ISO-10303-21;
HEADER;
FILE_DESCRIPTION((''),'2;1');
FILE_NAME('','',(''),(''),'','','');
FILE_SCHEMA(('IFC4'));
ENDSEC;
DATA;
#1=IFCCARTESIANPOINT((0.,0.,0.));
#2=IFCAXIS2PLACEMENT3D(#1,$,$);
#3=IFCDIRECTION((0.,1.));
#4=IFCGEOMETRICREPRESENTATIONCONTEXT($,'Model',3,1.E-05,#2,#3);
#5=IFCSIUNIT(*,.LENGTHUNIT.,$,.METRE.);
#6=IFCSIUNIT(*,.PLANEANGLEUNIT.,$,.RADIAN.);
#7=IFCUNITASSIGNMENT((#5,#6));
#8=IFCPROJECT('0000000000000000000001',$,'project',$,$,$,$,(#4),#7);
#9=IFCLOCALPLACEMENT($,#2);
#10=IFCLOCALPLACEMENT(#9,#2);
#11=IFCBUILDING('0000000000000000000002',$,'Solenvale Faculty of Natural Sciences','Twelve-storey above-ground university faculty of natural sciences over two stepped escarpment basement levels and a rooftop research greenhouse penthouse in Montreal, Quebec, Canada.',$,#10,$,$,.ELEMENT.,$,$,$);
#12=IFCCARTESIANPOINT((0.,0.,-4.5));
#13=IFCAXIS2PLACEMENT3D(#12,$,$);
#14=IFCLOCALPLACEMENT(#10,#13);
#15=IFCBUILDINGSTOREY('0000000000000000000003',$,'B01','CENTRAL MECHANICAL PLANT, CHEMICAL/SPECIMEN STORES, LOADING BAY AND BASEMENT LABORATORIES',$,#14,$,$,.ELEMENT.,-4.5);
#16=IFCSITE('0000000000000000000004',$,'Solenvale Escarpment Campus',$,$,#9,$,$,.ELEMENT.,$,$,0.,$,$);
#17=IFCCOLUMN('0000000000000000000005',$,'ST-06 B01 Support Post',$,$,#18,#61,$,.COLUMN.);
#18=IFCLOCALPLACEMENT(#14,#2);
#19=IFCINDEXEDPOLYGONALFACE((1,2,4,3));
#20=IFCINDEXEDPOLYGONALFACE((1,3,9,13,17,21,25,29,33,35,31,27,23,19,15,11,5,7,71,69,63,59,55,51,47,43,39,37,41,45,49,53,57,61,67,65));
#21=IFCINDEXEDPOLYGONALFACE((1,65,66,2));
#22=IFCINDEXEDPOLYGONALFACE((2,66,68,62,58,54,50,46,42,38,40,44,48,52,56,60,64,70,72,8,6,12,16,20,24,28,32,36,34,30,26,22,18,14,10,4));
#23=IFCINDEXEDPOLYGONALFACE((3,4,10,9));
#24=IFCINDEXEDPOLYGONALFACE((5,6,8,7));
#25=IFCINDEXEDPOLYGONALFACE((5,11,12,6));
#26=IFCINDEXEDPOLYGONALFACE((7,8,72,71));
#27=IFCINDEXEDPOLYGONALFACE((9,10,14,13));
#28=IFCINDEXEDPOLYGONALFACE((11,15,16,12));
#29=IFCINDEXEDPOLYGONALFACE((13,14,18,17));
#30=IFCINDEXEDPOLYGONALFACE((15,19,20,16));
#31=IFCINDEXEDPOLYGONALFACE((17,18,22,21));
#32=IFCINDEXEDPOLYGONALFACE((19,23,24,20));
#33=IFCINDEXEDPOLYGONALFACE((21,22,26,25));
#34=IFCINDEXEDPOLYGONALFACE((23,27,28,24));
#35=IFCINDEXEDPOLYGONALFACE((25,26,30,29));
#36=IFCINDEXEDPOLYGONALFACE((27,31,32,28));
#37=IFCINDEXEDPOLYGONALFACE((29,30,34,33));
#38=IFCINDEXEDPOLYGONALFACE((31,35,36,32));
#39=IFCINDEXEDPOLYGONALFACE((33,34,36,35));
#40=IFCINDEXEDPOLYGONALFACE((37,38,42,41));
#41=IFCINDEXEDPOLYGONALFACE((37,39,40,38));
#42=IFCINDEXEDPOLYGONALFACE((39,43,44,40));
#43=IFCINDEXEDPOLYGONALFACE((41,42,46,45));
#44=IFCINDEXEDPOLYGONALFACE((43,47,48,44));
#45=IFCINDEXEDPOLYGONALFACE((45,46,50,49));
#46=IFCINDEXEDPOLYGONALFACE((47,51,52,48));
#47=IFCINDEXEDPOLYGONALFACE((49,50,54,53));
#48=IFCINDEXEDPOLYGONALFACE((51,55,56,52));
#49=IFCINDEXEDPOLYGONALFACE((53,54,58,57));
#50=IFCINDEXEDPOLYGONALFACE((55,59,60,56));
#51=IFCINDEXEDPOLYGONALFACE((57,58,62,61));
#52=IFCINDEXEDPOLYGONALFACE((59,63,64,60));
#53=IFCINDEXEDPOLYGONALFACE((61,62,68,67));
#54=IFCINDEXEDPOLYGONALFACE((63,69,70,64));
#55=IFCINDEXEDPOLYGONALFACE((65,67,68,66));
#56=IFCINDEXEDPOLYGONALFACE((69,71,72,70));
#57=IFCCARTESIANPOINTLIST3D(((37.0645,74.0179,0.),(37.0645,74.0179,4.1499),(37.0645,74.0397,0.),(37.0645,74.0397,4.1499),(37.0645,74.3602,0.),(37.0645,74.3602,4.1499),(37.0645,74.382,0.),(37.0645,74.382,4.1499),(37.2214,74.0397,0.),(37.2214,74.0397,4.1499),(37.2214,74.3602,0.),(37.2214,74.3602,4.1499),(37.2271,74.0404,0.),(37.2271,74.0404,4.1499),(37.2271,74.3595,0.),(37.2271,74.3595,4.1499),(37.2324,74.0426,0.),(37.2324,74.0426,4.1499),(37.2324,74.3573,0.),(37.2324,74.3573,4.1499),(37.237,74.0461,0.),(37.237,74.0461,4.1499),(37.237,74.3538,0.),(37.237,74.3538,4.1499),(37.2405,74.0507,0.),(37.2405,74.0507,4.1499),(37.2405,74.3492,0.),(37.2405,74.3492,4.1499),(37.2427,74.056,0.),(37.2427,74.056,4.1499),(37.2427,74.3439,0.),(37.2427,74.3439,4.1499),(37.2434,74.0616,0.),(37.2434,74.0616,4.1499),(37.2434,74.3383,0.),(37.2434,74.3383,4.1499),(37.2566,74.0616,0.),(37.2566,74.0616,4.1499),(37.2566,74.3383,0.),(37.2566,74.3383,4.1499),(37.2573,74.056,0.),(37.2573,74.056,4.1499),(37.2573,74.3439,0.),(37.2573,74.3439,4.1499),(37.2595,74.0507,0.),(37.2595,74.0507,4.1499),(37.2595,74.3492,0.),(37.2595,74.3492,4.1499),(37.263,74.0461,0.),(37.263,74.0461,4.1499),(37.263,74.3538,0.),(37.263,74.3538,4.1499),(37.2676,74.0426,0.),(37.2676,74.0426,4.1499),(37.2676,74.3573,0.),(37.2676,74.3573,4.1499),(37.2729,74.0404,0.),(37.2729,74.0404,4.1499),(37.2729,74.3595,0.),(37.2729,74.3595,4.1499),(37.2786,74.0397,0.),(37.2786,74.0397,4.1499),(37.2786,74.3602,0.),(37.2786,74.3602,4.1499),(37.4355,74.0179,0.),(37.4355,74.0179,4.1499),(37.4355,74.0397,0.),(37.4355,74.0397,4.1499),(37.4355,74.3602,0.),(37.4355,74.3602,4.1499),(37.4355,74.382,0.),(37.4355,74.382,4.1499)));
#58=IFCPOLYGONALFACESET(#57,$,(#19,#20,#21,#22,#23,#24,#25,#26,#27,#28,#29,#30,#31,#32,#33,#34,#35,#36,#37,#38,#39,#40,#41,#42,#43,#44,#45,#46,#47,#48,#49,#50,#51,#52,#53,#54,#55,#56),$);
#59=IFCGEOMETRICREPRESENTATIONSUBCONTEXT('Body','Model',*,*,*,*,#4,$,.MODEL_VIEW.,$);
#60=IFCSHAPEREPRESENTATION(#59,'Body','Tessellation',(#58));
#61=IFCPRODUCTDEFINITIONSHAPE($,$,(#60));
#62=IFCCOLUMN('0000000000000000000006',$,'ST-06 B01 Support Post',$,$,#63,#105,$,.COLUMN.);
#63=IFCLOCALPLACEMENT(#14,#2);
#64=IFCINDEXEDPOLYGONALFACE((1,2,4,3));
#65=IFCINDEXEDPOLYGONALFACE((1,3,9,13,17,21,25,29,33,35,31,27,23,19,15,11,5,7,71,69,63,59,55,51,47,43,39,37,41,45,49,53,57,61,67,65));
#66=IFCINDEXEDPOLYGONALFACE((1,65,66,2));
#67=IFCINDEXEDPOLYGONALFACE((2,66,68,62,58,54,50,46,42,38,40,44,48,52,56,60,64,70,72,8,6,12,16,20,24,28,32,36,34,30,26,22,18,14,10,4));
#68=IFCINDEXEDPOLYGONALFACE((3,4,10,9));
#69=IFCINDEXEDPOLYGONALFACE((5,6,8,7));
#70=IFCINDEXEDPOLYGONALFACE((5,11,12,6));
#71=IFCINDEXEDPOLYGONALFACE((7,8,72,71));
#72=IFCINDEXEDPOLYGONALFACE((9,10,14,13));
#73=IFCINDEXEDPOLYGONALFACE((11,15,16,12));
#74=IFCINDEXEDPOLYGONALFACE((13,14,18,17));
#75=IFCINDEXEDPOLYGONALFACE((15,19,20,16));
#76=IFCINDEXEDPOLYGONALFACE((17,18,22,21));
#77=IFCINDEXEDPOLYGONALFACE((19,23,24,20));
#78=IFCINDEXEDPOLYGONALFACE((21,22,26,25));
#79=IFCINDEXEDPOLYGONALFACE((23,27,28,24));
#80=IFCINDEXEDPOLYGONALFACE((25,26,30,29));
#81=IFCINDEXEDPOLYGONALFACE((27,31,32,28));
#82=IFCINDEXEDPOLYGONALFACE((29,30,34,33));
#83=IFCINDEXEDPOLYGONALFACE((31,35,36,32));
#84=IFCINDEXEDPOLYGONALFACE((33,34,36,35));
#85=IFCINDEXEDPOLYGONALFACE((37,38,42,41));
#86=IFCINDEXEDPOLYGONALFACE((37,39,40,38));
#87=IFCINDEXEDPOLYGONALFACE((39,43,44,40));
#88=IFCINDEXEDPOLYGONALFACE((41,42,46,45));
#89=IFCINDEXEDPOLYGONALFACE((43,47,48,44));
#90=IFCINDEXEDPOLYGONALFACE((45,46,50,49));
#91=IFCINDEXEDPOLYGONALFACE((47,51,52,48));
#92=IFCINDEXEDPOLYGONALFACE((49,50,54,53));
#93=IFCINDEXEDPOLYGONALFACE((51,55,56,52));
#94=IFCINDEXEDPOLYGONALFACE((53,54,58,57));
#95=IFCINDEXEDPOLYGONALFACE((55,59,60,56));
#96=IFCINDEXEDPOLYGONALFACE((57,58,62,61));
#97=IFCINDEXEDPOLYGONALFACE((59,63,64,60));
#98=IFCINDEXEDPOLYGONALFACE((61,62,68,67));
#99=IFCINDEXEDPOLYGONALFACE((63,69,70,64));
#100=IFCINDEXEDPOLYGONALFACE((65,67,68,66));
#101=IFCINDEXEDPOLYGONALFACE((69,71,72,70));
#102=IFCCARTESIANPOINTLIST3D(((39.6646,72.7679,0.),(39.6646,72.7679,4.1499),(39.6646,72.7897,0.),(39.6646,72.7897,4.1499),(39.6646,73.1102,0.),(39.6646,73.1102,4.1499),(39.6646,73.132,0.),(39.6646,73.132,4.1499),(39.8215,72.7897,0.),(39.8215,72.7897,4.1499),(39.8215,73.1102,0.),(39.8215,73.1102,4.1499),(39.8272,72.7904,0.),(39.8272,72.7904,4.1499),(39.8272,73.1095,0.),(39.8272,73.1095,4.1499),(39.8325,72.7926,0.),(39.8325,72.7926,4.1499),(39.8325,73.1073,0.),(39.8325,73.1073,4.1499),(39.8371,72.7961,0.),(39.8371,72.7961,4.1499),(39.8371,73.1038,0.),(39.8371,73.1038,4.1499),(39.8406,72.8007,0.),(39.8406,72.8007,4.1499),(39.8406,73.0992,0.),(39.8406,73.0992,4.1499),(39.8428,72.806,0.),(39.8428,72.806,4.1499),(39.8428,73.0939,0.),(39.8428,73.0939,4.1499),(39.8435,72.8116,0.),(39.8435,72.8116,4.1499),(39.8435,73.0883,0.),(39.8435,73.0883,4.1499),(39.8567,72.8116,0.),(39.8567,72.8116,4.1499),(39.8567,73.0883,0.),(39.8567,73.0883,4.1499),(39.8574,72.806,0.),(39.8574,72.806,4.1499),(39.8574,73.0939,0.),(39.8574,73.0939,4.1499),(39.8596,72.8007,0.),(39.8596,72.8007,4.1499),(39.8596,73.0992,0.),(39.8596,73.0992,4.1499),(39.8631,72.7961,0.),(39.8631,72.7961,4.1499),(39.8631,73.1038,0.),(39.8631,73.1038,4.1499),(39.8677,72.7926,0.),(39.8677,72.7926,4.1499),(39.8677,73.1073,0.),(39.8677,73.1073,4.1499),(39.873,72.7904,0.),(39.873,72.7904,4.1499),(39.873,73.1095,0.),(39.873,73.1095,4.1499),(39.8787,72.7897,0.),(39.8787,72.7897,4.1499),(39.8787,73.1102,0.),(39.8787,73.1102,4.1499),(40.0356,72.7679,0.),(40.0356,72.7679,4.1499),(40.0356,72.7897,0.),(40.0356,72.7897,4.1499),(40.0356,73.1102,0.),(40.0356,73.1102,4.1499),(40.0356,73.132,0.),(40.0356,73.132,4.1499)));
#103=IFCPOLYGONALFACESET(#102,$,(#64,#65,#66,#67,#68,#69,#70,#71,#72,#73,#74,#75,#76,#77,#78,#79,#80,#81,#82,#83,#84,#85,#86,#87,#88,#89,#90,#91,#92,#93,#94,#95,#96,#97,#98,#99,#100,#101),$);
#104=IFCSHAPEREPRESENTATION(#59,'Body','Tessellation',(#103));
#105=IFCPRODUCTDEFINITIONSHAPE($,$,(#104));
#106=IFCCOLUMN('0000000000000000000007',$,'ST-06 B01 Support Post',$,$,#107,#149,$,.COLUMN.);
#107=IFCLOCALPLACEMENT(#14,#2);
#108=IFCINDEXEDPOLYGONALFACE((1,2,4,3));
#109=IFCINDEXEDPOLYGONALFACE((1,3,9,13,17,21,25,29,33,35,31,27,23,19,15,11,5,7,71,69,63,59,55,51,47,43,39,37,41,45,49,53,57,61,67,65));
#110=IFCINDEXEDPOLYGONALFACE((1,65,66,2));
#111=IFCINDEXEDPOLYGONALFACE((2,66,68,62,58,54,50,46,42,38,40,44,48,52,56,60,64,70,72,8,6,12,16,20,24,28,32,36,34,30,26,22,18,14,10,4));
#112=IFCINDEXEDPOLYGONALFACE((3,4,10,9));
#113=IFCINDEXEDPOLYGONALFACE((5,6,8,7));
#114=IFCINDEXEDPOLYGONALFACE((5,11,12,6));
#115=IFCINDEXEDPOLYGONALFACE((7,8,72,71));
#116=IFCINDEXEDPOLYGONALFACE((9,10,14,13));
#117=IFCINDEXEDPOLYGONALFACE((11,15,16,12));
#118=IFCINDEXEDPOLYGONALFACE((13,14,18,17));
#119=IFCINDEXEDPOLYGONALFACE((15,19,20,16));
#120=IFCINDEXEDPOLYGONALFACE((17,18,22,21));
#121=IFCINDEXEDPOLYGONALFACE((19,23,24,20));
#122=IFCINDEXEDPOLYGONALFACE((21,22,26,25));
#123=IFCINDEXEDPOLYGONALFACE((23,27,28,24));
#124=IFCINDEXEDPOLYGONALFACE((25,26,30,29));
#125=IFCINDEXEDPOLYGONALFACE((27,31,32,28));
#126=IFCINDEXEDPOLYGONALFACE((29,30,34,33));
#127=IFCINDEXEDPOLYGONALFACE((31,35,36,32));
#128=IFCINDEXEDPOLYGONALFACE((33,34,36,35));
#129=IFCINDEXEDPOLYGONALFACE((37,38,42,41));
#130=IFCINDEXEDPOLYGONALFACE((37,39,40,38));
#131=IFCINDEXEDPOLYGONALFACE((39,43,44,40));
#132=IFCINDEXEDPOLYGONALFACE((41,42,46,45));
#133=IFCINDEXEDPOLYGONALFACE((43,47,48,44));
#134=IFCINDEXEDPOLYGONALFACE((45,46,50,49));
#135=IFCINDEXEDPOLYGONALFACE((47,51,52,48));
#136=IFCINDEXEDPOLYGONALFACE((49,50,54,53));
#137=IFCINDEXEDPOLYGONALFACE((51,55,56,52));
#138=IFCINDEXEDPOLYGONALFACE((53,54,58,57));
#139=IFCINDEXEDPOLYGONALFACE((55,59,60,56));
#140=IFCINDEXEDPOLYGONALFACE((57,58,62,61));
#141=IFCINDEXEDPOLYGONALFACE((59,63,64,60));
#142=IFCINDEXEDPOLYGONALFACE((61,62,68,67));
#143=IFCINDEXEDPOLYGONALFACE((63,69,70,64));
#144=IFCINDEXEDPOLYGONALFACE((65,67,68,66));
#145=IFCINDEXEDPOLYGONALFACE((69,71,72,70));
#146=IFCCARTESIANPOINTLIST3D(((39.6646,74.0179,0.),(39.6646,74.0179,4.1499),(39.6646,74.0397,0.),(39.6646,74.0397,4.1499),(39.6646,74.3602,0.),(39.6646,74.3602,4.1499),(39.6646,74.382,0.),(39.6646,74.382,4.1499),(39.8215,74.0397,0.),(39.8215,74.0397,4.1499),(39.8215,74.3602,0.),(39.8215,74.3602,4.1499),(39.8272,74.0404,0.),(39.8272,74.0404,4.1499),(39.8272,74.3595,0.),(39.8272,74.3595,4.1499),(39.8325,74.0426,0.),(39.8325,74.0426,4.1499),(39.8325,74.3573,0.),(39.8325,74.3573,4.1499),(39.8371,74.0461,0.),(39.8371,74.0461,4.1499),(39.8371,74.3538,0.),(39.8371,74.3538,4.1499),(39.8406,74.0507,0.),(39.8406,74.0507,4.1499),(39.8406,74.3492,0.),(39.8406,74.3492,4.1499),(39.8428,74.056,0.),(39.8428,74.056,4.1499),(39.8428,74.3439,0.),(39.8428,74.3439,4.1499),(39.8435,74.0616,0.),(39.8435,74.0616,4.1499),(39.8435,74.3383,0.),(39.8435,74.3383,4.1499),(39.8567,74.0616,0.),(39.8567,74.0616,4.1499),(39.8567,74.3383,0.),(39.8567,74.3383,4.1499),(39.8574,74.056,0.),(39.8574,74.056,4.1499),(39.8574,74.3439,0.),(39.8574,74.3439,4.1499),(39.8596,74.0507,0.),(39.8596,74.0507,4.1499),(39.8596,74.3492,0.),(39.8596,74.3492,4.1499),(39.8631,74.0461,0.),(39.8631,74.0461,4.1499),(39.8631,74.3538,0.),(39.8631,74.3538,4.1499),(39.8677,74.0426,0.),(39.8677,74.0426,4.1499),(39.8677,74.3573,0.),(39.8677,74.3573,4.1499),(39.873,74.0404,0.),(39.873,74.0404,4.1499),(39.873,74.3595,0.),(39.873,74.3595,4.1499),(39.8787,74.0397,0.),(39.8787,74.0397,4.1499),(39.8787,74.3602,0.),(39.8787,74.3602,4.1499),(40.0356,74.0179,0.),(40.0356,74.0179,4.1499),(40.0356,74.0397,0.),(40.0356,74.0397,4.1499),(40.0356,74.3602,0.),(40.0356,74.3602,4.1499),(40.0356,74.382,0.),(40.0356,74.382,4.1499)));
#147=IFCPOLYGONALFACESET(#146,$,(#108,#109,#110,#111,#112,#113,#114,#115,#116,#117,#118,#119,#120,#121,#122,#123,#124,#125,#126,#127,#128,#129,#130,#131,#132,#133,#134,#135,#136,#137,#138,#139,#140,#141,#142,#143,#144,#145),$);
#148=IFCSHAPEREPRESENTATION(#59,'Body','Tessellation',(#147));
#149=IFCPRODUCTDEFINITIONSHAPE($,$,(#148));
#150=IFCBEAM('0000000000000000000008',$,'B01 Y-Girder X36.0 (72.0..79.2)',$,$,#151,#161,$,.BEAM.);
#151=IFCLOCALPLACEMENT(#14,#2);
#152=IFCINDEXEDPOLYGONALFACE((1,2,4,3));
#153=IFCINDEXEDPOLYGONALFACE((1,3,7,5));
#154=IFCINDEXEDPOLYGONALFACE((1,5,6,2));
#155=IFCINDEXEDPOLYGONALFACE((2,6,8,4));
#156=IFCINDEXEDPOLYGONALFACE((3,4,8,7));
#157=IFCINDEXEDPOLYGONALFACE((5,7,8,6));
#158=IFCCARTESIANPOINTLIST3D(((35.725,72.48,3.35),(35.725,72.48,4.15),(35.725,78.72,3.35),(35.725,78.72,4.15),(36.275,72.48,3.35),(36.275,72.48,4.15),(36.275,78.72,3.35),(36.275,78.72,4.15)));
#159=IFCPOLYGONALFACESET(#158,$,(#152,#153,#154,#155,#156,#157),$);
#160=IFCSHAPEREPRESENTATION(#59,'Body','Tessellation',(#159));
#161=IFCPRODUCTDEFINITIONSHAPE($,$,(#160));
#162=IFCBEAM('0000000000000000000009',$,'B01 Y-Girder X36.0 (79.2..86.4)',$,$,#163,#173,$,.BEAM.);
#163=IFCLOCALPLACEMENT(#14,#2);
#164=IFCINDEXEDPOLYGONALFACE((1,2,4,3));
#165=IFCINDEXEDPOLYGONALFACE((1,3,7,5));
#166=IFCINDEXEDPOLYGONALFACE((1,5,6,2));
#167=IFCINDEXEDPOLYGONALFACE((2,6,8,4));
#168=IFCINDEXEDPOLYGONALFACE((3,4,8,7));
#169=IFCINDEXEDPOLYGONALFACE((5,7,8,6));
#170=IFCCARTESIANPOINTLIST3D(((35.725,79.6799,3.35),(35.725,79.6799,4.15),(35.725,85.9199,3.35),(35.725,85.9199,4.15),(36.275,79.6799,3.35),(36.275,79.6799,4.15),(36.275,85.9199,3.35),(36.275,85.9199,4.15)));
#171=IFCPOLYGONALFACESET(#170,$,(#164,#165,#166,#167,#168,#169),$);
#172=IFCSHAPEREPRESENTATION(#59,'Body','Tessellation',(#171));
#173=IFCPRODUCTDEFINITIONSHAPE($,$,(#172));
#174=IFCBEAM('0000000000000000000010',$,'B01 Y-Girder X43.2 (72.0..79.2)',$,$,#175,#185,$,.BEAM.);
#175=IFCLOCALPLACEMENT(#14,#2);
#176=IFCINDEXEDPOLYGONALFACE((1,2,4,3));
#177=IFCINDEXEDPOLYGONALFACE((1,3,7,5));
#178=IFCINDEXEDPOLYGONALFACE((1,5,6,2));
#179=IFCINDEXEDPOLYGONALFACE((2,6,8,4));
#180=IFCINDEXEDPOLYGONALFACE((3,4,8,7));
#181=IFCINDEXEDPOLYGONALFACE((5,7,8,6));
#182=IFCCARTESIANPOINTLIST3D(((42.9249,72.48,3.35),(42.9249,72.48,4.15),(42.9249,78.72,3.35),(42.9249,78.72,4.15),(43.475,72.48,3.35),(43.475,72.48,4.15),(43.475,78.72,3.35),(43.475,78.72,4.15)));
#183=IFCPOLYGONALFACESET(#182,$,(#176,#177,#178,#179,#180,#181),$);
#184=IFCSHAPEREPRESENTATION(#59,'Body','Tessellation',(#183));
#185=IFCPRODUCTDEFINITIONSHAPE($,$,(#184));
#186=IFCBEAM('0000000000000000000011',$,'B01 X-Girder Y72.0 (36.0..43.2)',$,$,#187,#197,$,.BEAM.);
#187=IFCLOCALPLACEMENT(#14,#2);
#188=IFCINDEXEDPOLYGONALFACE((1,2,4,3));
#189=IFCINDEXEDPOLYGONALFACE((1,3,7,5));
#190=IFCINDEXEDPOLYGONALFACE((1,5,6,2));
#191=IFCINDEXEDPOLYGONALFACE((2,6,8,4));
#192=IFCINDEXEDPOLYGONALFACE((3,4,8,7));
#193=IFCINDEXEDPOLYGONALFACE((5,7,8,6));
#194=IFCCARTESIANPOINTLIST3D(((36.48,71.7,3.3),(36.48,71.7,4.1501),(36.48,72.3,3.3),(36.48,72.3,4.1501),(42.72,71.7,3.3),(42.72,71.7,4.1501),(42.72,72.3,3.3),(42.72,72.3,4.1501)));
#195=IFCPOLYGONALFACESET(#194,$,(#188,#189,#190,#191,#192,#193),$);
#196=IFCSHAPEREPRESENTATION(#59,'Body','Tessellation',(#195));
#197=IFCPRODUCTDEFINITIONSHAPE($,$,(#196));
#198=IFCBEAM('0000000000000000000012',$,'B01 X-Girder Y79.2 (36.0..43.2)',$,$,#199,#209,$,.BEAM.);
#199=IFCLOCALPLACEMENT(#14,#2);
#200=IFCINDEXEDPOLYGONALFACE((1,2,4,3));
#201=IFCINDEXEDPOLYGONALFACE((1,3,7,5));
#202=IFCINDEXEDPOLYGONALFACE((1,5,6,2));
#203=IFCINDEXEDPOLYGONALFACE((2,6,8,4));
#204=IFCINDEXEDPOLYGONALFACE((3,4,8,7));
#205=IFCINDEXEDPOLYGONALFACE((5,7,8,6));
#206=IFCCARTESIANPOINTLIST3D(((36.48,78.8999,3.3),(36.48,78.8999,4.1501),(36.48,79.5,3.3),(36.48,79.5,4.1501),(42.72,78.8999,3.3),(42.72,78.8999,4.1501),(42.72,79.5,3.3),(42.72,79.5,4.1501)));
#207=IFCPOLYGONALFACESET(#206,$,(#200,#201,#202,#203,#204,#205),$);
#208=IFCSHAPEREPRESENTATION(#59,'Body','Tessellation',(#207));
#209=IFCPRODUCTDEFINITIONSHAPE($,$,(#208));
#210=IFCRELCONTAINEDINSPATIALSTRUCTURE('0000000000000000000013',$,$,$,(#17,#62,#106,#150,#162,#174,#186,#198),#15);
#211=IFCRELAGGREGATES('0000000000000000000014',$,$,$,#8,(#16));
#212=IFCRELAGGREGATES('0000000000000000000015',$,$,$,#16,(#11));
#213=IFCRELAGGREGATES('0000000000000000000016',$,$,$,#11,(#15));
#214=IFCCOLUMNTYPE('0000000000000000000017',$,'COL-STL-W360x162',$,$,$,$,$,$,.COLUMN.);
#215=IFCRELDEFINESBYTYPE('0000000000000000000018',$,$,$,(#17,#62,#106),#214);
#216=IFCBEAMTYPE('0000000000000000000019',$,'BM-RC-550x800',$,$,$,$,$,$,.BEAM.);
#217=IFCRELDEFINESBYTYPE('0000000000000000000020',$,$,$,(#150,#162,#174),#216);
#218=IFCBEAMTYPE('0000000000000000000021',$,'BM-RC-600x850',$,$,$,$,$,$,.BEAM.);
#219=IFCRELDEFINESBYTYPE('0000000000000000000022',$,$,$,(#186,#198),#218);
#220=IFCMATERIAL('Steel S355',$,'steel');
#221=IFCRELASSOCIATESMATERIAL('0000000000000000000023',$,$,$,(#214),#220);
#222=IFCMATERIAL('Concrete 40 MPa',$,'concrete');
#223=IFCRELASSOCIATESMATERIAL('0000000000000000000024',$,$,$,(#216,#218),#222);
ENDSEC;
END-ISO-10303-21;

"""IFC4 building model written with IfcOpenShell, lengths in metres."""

from ifc_helpers import new_model, si_unit, direction, frame, origin, origin_2d, place, context, subcontext, project, spatial, rectangle, i_section, extrude, material, material_profile, profile_set, type_object, element, save


model = new_model("IFC4")

# Units and contexts
model_context = context("Model", 3, precision=1e-05, world=origin(), true_north=direction((0.0, 1.0)))
body_context = subcontext(model_context, "Body", "Model", "MODEL_VIEW")
ifc_project = project(units=[si_unit("LENGTHUNIT", "METRE"), si_unit("PLANEANGLEUNIT", "RADIAN")], contexts=[model_context])

# Site, building, storey
site_placement = place(None, origin())
site = spatial("IfcSite", under=ifc_project, at=site_placement, Name="Solenvale Escarpment Campus", CompositionType="ELEMENT", RefElevation=0.0)
building_placement = place(site_placement, origin())
building = spatial("IfcBuilding", under=site, at=building_placement, Name="Solenvale Faculty of Natural Sciences", Description="Twelve-storey above-ground university faculty of natural sciences over two stepped escarpment basement levels and a rooftop research greenhouse penthouse in Montreal, Quebec, Canada.", CompositionType="ELEMENT")
storey_placement = place(building_placement, frame((0.0, 0.0, -4.5)))
storey = spatial("IfcBuildingStorey", under=building, at=storey_placement, Name="B01", Description="CENTRAL MECHANICAL PLANT, CHEMICAL/SPECIMEN STORES, LOADING BAY AND BASEMENT LABORATORIES", CompositionType="ELEMENT", Elevation=-4.5)

# Shared definitions
ifc_material_1 = material(Name="Concrete 40 MPa", Category="concrete")

# Columns
ifc_material_2 = material(Name="Steel S355", Category="steel")
ifc_material_profile_1 = material_profile(ifc_material_2, i_section(OverallWidth=0.3711, OverallDepth=0.364, WebThickness=0.0132, FlangeThickness=0.0217, FilletRadius=0.022, at=origin_2d()), Name="W360x162")
ifc_profile_set_1 = profile_set([ifc_material_profile_1], Name="Steel S355")
column_type_1 = type_object("IfcColumnType", Name="COL-STL-W360x162", PredefinedType="COLUMN", material=ifc_profile_set_1)
for number, where, z_axis, x_axis, name in (
    (1, (37.25, 74.2, 0.0), (0.0, 0.0, 1.0), (1.0, 0.0, 0.0), "ST-06 B01 Support Post"),
    (2, (39.8501, 72.95, 0.0), (0.0, 0.0, 1.0), (1.0, 0.0, 0.0), "ST-06 B01 Support Post"),
    (3, (39.8501, 74.2, 0.0), (0.0, 0.0, 1.0), (1.0, 0.0, 0.0), "ST-06 B01 Support Post"),
):
    element("IfcColumn", number, at=place(storey_placement, frame(where, z_axis=z_axis, x_axis=x_axis)), inside=storey, type_object=column_type_1, Name=name, PredefinedType="COLUMN", context=body_context, shape_type="SweptSolid", body=[
        extrude(i_section(OverallWidth=0.3711, OverallDepth=0.364, WebThickness=0.0132, FlangeThickness=0.0217, FilletRadius=0.022, at=origin_2d()), origin(), (0.0, 0.0, 1.0), 4.1499),
    ])

# Beams
ifc_material_profile_2 = material_profile(ifc_material_1, rectangle(XDim=0.55, YDim=0.8, at=origin_2d()), Name="RC-BM-550x800")
ifc_profile_set_2 = profile_set([ifc_material_profile_2], Name="Concrete 40 MPa")
beam_type_1 = type_object("IfcBeamType", Name="BM-RC-550x800", PredefinedType="BEAM", material=ifc_profile_set_2)
for number, where, z_axis, x_axis, name in (
    (4, (36.0, 72.48, 3.75), (0.0, 1.0, 0.0), (-1.0, 0.0, 0.0), "B01 Y-Girder X36.0 (72.0..79.2)"),
    (5, (36.0, 79.6799, 3.75), (0.0, 1.0, 0.0), (-1.0, 0.0, 0.0), "B01 Y-Girder X36.0 (79.2..86.4)"),
    (6, (43.2, 72.48, 3.75), (0.0, 1.0, 0.0), (-1.0, 0.0, 0.0), "B01 Y-Girder X43.2 (72.0..79.2)"),
):
    element("IfcBeam", number, at=place(storey_placement, frame(where, z_axis=z_axis, x_axis=x_axis)), inside=storey, type_object=beam_type_1, Name=name, PredefinedType="BEAM", context=body_context, shape_type="SweptSolid", body=[
        extrude(rectangle(XDim=0.55, YDim=0.8, at=origin_2d()), origin(), (0.0, 0.0, 1.0), 6.24),
    ])
ifc_material_profile_3 = material_profile(ifc_material_1, rectangle(XDim=0.6001, YDim=0.8501, at=origin_2d()), Name="RC-BM-600x850")
ifc_profile_set_3 = profile_set([ifc_material_profile_3], Name="Concrete 40 MPa")
beam_type_2 = type_object("IfcBeamType", Name="BM-RC-600x850", PredefinedType="BEAM", material=ifc_profile_set_3)
for number, where, z_axis, x_axis, name in (
    (7, (36.48, 72.0, 3.7251), (1.0, 0.0, 0.0), (0.0, 1.0, 0.0), "B01 X-Girder Y72.0 (36.0..43.2)"),
    (8, (36.48, 79.2, 3.7251), (1.0, 0.0, 0.0), (0.0, 1.0, 0.0), "B01 X-Girder Y79.2 (36.0..43.2)"),
):
    element("IfcBeam", number, at=place(storey_placement, frame(where, z_axis=z_axis, x_axis=x_axis)), inside=storey, type_object=beam_type_2, Name=name, PredefinedType="BEAM", context=body_context, shape_type="SweptSolid", body=[
        extrude(rectangle(XDim=0.6001, YDim=0.8501, at=origin_2d()), origin(), (0.0, 0.0, 1.0), 6.24),
    ])

save(model, "model.ifc")
